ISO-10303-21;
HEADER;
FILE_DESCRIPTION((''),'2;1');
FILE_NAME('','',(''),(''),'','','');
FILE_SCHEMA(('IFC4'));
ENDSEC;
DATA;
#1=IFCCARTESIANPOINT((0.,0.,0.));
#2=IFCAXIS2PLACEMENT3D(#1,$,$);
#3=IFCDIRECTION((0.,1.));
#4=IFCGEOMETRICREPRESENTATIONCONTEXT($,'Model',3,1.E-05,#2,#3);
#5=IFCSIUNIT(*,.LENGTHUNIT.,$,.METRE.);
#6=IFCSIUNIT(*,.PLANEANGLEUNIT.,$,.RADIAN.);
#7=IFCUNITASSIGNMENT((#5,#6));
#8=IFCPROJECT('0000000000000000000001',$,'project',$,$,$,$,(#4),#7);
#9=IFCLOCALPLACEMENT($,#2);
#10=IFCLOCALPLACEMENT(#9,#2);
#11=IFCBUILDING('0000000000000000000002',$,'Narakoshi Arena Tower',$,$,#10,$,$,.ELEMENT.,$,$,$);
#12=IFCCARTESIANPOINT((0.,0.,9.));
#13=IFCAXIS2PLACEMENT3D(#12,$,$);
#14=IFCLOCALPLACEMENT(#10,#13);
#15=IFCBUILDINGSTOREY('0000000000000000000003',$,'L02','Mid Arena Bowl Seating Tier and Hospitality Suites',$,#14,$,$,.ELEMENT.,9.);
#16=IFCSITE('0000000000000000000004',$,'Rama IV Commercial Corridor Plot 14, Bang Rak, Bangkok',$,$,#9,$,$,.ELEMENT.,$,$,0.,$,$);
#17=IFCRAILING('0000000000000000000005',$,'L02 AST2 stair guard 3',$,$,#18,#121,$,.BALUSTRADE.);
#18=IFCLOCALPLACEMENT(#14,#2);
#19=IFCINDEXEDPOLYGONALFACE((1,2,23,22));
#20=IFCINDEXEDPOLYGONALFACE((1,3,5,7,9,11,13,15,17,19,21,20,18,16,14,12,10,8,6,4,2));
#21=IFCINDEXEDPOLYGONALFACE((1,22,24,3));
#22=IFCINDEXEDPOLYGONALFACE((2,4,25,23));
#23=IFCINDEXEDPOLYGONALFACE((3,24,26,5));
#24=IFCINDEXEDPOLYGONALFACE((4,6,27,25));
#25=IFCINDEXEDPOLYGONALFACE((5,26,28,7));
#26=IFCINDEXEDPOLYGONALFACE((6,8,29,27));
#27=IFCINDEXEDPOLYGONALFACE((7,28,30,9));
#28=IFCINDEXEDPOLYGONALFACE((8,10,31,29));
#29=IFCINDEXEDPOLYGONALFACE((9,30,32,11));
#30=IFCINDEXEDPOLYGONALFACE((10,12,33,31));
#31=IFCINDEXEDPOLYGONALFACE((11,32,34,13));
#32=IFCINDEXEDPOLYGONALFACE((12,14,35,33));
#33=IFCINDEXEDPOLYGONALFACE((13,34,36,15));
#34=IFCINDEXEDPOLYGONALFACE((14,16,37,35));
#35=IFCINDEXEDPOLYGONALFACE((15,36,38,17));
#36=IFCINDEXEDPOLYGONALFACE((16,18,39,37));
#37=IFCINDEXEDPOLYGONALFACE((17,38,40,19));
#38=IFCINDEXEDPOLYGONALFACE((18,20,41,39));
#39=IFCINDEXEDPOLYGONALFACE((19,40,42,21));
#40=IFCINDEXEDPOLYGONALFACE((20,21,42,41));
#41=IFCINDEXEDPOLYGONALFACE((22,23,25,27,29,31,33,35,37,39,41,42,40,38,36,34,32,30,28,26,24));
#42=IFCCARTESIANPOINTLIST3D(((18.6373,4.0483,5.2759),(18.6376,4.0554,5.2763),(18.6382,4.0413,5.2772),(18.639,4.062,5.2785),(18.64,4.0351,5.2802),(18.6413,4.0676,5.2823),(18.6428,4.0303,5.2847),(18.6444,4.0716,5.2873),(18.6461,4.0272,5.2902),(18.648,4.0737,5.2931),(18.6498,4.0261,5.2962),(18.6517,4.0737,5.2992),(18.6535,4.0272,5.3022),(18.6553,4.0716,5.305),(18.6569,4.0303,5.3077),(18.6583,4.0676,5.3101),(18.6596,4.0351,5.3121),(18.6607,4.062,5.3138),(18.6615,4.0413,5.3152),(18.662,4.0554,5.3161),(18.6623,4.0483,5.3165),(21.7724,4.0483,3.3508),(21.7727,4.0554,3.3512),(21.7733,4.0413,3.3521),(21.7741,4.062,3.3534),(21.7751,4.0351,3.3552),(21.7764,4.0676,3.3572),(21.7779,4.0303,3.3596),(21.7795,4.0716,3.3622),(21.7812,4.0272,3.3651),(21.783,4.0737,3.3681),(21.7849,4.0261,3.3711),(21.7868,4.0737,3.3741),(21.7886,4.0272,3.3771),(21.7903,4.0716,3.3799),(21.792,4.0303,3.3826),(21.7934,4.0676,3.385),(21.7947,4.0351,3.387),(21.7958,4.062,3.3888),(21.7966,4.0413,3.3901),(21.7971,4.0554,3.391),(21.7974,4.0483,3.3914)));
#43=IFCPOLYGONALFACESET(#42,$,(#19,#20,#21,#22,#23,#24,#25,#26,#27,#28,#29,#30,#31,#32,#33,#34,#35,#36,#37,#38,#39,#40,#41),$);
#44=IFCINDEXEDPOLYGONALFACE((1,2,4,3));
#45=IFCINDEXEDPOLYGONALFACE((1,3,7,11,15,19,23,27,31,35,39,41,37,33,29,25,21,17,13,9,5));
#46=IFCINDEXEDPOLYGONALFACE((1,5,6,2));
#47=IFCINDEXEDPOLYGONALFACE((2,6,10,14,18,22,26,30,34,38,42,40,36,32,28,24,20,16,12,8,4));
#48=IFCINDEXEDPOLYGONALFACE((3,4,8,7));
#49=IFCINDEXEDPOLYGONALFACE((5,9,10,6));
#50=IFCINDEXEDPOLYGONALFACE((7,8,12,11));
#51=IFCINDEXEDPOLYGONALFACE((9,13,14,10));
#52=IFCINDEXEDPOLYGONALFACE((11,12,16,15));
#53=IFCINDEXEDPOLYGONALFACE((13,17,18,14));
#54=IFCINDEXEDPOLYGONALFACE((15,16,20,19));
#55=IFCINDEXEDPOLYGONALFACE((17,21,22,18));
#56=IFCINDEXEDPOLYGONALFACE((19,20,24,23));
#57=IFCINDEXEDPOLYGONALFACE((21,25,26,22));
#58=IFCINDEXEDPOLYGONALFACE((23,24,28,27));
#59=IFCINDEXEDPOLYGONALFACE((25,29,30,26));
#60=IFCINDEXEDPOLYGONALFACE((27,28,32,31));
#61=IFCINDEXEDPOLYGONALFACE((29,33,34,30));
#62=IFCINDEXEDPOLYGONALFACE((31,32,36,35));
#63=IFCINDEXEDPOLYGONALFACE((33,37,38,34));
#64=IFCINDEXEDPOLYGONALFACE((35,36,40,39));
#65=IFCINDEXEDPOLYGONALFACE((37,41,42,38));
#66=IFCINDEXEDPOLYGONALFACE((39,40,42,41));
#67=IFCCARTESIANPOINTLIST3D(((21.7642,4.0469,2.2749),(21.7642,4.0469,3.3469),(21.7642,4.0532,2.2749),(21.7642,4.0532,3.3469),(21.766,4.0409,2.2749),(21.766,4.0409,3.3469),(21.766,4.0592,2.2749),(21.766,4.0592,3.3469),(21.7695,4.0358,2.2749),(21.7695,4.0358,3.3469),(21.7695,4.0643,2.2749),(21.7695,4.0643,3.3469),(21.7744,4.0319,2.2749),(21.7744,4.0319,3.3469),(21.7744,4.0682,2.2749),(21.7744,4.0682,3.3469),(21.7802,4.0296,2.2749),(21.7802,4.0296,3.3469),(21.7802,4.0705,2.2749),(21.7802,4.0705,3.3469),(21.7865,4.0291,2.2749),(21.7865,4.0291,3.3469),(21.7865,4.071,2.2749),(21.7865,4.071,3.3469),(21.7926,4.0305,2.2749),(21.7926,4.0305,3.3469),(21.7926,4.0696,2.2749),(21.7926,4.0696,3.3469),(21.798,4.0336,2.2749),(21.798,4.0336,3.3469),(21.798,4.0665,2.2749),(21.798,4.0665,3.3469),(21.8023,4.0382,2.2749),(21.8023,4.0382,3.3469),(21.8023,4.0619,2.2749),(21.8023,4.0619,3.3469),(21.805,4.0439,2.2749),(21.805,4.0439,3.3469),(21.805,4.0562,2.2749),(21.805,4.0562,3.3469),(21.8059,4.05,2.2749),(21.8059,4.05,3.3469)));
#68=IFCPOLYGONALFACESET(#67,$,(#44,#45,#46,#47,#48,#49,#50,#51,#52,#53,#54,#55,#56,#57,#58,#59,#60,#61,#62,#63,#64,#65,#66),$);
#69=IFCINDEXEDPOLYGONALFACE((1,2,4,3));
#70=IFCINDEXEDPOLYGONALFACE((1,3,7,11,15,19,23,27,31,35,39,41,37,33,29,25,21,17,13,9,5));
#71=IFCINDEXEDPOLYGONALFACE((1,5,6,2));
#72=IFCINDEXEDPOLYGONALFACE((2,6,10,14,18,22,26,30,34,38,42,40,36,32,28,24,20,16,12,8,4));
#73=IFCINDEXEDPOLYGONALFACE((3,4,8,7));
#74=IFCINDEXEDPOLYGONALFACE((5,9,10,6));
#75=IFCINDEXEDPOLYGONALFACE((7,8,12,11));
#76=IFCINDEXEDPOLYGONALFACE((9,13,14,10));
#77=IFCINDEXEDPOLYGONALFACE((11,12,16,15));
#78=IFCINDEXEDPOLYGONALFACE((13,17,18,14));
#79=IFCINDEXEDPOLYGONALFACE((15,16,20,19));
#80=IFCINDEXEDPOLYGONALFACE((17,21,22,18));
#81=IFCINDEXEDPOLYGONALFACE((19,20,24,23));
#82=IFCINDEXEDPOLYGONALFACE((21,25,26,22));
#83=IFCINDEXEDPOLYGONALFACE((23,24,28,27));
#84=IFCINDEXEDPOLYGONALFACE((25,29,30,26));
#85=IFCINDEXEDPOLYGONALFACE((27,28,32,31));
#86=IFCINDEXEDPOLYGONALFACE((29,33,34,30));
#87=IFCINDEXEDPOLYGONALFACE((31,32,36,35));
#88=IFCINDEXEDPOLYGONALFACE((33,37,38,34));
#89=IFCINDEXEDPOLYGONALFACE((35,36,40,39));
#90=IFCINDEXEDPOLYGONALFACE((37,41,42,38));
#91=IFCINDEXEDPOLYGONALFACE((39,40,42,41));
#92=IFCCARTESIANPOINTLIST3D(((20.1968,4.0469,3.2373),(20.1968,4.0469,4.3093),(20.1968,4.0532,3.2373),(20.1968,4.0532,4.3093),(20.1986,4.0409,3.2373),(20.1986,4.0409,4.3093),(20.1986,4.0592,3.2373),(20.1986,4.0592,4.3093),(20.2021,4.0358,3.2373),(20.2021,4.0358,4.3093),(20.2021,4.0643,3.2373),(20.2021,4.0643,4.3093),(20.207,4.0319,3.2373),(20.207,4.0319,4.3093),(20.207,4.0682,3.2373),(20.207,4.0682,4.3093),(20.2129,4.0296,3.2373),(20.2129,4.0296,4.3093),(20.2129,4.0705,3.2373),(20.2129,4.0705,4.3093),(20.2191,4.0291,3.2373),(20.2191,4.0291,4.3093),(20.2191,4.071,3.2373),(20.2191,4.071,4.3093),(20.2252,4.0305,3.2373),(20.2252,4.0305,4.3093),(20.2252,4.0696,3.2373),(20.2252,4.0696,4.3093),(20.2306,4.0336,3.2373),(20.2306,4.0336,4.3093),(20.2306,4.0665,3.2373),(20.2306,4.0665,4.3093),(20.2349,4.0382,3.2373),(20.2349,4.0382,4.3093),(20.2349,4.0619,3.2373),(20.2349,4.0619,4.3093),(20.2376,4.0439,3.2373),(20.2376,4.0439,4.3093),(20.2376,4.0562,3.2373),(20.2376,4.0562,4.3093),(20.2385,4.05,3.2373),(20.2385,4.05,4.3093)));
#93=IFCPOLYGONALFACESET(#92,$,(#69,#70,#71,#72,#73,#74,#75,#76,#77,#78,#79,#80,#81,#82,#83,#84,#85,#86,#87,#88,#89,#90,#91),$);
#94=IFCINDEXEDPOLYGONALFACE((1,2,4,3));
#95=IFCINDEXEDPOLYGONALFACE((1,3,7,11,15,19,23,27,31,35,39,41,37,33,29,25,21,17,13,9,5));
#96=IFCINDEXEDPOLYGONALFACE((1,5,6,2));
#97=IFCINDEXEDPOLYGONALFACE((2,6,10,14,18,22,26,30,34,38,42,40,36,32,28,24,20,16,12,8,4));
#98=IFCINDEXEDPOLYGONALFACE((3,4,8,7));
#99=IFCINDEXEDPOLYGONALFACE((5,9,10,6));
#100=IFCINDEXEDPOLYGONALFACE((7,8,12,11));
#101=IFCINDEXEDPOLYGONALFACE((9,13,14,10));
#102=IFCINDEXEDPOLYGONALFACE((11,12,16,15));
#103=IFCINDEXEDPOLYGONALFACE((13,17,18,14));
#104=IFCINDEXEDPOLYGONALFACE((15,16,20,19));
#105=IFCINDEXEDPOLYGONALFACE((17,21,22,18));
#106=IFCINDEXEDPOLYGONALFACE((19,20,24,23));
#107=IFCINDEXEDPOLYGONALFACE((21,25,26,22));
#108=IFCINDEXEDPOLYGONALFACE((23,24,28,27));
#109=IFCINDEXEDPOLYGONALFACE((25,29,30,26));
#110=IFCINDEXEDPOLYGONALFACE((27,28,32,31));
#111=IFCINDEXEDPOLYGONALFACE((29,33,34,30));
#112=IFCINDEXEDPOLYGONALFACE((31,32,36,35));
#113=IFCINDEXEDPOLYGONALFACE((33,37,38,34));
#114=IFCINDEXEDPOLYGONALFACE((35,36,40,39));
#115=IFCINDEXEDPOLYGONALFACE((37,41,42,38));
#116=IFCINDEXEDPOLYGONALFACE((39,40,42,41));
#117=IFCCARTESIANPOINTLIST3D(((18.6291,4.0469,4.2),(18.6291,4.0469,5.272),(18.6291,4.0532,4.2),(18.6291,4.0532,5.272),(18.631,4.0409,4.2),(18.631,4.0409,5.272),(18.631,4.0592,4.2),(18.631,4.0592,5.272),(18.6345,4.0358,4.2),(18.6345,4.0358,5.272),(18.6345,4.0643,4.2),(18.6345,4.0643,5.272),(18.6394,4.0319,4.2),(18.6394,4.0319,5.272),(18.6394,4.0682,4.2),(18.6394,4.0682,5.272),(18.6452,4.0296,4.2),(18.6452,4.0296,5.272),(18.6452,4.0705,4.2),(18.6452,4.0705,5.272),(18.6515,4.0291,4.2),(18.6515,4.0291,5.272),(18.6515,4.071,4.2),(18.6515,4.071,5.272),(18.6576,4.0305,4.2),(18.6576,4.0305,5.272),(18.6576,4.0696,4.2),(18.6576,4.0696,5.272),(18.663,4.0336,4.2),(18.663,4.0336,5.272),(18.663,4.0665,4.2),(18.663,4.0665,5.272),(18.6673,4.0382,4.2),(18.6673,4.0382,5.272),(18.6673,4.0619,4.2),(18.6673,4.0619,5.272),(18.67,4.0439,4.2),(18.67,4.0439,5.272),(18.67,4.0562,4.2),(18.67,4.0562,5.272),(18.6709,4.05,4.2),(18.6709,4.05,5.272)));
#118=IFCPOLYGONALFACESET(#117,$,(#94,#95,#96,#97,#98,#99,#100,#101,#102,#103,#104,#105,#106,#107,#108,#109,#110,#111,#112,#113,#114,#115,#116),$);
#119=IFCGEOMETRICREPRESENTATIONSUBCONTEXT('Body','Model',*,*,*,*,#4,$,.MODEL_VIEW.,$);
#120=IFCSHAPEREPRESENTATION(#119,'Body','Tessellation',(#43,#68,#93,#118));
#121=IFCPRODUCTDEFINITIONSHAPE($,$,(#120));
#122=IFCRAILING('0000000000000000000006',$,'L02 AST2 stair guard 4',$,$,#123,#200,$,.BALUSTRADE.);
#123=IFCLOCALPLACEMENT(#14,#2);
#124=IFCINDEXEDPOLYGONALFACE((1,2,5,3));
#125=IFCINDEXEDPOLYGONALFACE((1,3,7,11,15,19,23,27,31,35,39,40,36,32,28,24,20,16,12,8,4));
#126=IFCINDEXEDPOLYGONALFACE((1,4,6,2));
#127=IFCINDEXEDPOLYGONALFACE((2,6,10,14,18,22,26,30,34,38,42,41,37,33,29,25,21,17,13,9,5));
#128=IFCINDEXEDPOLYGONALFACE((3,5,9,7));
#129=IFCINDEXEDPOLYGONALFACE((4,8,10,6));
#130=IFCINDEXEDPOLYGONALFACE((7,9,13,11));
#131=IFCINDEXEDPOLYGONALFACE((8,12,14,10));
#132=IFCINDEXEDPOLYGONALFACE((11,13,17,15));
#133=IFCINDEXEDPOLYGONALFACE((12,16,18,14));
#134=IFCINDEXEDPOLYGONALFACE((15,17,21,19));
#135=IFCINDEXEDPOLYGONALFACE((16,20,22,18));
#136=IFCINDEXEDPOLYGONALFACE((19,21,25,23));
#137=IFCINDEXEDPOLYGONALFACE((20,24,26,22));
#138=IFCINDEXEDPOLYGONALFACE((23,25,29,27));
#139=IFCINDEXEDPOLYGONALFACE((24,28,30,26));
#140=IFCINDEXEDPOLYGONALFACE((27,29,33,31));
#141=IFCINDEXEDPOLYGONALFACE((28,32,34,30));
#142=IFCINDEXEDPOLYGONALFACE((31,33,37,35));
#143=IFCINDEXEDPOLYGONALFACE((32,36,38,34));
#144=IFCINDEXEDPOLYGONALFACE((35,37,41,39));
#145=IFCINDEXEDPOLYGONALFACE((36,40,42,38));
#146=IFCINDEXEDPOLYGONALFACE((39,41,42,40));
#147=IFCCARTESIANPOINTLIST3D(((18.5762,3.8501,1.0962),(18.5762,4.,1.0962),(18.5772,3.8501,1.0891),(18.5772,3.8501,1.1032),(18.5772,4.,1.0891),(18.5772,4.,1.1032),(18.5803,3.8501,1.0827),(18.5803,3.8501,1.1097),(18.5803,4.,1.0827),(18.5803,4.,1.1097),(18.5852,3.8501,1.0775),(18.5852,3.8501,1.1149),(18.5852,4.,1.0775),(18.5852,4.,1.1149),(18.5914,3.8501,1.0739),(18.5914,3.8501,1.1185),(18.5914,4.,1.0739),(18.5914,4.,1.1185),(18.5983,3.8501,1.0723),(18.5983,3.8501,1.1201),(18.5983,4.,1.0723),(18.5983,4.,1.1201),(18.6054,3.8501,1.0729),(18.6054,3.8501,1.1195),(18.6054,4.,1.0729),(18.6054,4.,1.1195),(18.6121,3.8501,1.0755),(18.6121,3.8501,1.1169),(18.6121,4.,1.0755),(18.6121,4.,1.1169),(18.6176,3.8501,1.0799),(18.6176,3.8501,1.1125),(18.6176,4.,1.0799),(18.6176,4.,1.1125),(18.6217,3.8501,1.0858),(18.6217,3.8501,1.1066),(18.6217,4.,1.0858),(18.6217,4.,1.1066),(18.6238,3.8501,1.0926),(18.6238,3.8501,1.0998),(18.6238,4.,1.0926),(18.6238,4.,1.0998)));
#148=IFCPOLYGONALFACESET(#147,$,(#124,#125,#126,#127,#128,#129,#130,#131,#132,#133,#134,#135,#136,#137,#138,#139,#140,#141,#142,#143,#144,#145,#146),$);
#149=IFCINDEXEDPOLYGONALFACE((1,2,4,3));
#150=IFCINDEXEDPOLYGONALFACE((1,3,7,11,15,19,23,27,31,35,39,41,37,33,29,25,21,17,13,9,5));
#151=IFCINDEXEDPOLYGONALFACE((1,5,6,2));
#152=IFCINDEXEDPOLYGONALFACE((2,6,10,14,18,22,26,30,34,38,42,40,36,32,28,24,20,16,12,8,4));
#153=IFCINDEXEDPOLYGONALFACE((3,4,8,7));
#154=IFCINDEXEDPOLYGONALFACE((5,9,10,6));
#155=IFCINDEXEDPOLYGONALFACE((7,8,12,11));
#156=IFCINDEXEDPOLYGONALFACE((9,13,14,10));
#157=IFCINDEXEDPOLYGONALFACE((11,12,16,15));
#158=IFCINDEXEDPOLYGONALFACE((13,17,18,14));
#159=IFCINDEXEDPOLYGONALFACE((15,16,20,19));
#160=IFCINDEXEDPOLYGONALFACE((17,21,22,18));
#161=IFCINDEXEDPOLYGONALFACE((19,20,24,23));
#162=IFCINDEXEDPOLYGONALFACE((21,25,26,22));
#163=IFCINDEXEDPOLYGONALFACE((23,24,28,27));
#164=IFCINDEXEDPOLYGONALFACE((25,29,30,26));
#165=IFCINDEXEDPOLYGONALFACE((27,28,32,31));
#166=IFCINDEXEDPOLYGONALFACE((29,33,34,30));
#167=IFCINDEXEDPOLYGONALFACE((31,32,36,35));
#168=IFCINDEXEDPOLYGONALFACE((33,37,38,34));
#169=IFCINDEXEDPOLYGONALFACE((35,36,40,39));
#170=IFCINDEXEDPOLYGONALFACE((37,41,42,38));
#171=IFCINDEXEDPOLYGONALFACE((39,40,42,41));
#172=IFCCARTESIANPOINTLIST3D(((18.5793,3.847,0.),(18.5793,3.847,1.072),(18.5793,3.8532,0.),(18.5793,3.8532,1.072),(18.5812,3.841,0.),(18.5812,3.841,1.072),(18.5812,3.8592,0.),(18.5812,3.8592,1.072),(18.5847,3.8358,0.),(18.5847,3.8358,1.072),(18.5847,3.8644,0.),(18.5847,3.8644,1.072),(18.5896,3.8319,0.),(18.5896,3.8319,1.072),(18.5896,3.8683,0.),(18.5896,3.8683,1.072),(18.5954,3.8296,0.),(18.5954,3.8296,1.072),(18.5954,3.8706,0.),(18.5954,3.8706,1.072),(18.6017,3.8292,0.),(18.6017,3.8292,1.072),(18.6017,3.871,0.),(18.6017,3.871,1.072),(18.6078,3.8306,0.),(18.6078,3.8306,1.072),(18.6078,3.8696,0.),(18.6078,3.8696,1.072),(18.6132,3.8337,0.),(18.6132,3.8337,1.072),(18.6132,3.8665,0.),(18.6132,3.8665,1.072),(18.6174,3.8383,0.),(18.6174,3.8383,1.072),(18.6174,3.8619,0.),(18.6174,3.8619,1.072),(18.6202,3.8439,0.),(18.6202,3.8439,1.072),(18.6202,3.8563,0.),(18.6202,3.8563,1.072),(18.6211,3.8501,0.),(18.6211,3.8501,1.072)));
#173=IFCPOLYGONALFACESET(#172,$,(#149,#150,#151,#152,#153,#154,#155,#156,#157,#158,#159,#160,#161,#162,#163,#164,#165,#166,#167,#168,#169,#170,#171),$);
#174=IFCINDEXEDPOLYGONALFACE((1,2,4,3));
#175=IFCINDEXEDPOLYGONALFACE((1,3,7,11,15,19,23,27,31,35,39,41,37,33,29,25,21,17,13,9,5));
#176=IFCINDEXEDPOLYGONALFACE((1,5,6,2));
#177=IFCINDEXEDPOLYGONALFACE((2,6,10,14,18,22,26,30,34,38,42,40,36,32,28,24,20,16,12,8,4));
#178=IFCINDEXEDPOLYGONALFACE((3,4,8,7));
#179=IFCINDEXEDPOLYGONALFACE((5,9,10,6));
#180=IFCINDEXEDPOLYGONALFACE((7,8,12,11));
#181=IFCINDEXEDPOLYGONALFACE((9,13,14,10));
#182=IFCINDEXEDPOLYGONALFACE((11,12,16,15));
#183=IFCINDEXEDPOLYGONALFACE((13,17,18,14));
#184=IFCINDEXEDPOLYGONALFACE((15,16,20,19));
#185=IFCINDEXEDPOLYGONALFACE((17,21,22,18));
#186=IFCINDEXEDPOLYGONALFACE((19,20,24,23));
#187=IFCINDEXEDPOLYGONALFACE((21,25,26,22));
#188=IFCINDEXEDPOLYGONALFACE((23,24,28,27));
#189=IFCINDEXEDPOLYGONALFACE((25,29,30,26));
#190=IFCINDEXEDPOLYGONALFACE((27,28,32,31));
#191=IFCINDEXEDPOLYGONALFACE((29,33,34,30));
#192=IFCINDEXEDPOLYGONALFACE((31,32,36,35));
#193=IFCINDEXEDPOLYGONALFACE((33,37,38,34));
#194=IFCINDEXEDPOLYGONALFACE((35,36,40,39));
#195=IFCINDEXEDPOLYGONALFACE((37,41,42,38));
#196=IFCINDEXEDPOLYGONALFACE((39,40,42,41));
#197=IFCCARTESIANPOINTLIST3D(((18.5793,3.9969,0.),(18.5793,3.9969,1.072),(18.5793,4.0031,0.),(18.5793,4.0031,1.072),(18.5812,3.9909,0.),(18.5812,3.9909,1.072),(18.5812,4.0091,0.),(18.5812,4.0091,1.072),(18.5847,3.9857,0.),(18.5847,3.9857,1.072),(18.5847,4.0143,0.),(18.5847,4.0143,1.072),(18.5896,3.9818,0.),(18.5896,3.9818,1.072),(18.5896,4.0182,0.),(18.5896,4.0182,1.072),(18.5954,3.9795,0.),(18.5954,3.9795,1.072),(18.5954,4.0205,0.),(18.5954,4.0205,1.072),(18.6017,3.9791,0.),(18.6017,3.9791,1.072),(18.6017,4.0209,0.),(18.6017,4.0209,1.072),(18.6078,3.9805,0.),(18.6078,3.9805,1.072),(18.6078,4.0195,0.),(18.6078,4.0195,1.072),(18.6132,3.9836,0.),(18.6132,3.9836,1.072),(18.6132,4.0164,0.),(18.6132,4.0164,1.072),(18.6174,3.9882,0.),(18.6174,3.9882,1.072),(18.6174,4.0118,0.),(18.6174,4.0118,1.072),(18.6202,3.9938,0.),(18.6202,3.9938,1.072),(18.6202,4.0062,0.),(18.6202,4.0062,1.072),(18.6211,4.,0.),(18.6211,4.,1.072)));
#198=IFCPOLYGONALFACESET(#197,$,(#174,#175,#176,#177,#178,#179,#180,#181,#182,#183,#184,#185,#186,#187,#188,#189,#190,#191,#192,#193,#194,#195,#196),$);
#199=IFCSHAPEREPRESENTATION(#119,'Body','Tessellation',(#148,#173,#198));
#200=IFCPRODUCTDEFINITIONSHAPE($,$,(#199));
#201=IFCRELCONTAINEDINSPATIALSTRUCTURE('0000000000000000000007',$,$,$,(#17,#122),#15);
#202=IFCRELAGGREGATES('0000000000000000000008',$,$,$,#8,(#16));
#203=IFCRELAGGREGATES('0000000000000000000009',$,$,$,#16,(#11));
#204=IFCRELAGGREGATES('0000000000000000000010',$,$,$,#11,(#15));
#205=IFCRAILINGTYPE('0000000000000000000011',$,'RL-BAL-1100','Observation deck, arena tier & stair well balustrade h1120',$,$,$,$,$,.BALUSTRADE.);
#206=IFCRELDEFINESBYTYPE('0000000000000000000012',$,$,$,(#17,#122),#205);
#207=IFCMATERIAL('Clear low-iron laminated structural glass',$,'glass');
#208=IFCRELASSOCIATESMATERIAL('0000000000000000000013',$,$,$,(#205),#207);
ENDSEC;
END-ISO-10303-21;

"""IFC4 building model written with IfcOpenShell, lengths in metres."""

from ifc_helpers import new_model, si_unit, direction, frame, origin, origin_2d, place, context, subcontext, project, spatial, circle, extrude, material, type_object, element, save


model = new_model("IFC4")

# Units and contexts
model_context = context("Model", 3, precision=1e-05, world=origin(), true_north=direction((0.0, 1.0)))
body_context = subcontext(model_context, "Body", "Model", "MODEL_VIEW")
ifc_project = project(units=[si_unit("LENGTHUNIT", "METRE"), si_unit("PLANEANGLEUNIT", "RADIAN")], contexts=[model_context])

# Site, building, storey
site_placement = place(None, origin())
site = spatial("IfcSite", under=ifc_project, at=site_placement, Name="Rama IV Commercial Corridor Plot 14, Bang Rak, Bangkok", CompositionType="ELEMENT", RefElevation=0.0)
building_placement = place(site_placement, origin())
building = spatial("IfcBuilding", under=site, at=building_placement, Name="Narakoshi Arena Tower", CompositionType="ELEMENT")
storey_placement = place(building_placement, frame((0.0, 0.0, 9.0)))
storey = spatial("IfcBuildingStorey", under=building, at=storey_placement, Name="L02", Description="Mid Arena Bowl Seating Tier and Hospitality Suites", CompositionType="ELEMENT", Elevation=9.0)

# Railings
ifc_material_1 = material(Name="Clear low-iron laminated structural glass", Category="glass")
railing_type_1 = type_object("IfcRailingType", Name="RL-BAL-1100", Description="Observation deck, arena tier & stair well balustrade h1120", PredefinedType="BALUSTRADE", material=ifc_material_1)
railing_1_placement = place(storey_placement, frame((21.7849, 4.05, 2.2749)))
element("IfcRailing", 1, at=railing_1_placement, inside=storey, type_object=railing_type_1, Name="L02 AST2 stair guard 3", PredefinedType="BALUSTRADE", context=body_context, shape_type="SweptSolid", body=[
    extrude(circle(Radius=0.0239, at=origin_2d()), frame((0.0, 0.0, 1.0962), z_axis=(-0.852166, 0.0, 0.523271), x_axis=(0.0, -1.0, 0.0)), (0.0, 0.0, 1.0), 3.679),
    extrude(circle(Radius=0.021, at=origin_2d()), origin(), (0.0, 0.0, 1.0), 1.072),
    extrude(circle(Radius=0.021, at=origin_2d()), frame((-1.5674, 0.0, 0.9624)), (0.0, 0.0, 1.0), 1.072),
    extrude(circle(Radius=0.021, at=origin_2d()), frame((-3.135, 0.0, 1.925)), (0.0, 0.0, 1.0), 1.072),
])
railing_2_placement = place(storey_placement, frame((18.6001, 3.8501, 0.0)))
element("IfcRailing", 2, at=railing_2_placement, inside=storey, type_object=railing_type_1, Name="L02 AST2 stair guard 4", PredefinedType="BALUSTRADE", context=body_context, shape_type="SweptSolid", body=[
    extrude(circle(Radius=0.0239, at=origin_2d()), frame((0.0, 0.0, 1.0962), z_axis=(0.0, 1.0, 0.0), x_axis=(-1.0, 0.0, 0.0)), (0.0, 0.0, 1.0), 0.1499),
    extrude(circle(Radius=0.021, at=origin_2d()), origin(), (0.0, 0.0, 1.0), 1.072),
    extrude(circle(Radius=0.021, at=origin_2d()), frame((0.0, 0.1499, 0.0)), (0.0, 0.0, 1.0), 1.072),
])

save(model, "model.ifc")
